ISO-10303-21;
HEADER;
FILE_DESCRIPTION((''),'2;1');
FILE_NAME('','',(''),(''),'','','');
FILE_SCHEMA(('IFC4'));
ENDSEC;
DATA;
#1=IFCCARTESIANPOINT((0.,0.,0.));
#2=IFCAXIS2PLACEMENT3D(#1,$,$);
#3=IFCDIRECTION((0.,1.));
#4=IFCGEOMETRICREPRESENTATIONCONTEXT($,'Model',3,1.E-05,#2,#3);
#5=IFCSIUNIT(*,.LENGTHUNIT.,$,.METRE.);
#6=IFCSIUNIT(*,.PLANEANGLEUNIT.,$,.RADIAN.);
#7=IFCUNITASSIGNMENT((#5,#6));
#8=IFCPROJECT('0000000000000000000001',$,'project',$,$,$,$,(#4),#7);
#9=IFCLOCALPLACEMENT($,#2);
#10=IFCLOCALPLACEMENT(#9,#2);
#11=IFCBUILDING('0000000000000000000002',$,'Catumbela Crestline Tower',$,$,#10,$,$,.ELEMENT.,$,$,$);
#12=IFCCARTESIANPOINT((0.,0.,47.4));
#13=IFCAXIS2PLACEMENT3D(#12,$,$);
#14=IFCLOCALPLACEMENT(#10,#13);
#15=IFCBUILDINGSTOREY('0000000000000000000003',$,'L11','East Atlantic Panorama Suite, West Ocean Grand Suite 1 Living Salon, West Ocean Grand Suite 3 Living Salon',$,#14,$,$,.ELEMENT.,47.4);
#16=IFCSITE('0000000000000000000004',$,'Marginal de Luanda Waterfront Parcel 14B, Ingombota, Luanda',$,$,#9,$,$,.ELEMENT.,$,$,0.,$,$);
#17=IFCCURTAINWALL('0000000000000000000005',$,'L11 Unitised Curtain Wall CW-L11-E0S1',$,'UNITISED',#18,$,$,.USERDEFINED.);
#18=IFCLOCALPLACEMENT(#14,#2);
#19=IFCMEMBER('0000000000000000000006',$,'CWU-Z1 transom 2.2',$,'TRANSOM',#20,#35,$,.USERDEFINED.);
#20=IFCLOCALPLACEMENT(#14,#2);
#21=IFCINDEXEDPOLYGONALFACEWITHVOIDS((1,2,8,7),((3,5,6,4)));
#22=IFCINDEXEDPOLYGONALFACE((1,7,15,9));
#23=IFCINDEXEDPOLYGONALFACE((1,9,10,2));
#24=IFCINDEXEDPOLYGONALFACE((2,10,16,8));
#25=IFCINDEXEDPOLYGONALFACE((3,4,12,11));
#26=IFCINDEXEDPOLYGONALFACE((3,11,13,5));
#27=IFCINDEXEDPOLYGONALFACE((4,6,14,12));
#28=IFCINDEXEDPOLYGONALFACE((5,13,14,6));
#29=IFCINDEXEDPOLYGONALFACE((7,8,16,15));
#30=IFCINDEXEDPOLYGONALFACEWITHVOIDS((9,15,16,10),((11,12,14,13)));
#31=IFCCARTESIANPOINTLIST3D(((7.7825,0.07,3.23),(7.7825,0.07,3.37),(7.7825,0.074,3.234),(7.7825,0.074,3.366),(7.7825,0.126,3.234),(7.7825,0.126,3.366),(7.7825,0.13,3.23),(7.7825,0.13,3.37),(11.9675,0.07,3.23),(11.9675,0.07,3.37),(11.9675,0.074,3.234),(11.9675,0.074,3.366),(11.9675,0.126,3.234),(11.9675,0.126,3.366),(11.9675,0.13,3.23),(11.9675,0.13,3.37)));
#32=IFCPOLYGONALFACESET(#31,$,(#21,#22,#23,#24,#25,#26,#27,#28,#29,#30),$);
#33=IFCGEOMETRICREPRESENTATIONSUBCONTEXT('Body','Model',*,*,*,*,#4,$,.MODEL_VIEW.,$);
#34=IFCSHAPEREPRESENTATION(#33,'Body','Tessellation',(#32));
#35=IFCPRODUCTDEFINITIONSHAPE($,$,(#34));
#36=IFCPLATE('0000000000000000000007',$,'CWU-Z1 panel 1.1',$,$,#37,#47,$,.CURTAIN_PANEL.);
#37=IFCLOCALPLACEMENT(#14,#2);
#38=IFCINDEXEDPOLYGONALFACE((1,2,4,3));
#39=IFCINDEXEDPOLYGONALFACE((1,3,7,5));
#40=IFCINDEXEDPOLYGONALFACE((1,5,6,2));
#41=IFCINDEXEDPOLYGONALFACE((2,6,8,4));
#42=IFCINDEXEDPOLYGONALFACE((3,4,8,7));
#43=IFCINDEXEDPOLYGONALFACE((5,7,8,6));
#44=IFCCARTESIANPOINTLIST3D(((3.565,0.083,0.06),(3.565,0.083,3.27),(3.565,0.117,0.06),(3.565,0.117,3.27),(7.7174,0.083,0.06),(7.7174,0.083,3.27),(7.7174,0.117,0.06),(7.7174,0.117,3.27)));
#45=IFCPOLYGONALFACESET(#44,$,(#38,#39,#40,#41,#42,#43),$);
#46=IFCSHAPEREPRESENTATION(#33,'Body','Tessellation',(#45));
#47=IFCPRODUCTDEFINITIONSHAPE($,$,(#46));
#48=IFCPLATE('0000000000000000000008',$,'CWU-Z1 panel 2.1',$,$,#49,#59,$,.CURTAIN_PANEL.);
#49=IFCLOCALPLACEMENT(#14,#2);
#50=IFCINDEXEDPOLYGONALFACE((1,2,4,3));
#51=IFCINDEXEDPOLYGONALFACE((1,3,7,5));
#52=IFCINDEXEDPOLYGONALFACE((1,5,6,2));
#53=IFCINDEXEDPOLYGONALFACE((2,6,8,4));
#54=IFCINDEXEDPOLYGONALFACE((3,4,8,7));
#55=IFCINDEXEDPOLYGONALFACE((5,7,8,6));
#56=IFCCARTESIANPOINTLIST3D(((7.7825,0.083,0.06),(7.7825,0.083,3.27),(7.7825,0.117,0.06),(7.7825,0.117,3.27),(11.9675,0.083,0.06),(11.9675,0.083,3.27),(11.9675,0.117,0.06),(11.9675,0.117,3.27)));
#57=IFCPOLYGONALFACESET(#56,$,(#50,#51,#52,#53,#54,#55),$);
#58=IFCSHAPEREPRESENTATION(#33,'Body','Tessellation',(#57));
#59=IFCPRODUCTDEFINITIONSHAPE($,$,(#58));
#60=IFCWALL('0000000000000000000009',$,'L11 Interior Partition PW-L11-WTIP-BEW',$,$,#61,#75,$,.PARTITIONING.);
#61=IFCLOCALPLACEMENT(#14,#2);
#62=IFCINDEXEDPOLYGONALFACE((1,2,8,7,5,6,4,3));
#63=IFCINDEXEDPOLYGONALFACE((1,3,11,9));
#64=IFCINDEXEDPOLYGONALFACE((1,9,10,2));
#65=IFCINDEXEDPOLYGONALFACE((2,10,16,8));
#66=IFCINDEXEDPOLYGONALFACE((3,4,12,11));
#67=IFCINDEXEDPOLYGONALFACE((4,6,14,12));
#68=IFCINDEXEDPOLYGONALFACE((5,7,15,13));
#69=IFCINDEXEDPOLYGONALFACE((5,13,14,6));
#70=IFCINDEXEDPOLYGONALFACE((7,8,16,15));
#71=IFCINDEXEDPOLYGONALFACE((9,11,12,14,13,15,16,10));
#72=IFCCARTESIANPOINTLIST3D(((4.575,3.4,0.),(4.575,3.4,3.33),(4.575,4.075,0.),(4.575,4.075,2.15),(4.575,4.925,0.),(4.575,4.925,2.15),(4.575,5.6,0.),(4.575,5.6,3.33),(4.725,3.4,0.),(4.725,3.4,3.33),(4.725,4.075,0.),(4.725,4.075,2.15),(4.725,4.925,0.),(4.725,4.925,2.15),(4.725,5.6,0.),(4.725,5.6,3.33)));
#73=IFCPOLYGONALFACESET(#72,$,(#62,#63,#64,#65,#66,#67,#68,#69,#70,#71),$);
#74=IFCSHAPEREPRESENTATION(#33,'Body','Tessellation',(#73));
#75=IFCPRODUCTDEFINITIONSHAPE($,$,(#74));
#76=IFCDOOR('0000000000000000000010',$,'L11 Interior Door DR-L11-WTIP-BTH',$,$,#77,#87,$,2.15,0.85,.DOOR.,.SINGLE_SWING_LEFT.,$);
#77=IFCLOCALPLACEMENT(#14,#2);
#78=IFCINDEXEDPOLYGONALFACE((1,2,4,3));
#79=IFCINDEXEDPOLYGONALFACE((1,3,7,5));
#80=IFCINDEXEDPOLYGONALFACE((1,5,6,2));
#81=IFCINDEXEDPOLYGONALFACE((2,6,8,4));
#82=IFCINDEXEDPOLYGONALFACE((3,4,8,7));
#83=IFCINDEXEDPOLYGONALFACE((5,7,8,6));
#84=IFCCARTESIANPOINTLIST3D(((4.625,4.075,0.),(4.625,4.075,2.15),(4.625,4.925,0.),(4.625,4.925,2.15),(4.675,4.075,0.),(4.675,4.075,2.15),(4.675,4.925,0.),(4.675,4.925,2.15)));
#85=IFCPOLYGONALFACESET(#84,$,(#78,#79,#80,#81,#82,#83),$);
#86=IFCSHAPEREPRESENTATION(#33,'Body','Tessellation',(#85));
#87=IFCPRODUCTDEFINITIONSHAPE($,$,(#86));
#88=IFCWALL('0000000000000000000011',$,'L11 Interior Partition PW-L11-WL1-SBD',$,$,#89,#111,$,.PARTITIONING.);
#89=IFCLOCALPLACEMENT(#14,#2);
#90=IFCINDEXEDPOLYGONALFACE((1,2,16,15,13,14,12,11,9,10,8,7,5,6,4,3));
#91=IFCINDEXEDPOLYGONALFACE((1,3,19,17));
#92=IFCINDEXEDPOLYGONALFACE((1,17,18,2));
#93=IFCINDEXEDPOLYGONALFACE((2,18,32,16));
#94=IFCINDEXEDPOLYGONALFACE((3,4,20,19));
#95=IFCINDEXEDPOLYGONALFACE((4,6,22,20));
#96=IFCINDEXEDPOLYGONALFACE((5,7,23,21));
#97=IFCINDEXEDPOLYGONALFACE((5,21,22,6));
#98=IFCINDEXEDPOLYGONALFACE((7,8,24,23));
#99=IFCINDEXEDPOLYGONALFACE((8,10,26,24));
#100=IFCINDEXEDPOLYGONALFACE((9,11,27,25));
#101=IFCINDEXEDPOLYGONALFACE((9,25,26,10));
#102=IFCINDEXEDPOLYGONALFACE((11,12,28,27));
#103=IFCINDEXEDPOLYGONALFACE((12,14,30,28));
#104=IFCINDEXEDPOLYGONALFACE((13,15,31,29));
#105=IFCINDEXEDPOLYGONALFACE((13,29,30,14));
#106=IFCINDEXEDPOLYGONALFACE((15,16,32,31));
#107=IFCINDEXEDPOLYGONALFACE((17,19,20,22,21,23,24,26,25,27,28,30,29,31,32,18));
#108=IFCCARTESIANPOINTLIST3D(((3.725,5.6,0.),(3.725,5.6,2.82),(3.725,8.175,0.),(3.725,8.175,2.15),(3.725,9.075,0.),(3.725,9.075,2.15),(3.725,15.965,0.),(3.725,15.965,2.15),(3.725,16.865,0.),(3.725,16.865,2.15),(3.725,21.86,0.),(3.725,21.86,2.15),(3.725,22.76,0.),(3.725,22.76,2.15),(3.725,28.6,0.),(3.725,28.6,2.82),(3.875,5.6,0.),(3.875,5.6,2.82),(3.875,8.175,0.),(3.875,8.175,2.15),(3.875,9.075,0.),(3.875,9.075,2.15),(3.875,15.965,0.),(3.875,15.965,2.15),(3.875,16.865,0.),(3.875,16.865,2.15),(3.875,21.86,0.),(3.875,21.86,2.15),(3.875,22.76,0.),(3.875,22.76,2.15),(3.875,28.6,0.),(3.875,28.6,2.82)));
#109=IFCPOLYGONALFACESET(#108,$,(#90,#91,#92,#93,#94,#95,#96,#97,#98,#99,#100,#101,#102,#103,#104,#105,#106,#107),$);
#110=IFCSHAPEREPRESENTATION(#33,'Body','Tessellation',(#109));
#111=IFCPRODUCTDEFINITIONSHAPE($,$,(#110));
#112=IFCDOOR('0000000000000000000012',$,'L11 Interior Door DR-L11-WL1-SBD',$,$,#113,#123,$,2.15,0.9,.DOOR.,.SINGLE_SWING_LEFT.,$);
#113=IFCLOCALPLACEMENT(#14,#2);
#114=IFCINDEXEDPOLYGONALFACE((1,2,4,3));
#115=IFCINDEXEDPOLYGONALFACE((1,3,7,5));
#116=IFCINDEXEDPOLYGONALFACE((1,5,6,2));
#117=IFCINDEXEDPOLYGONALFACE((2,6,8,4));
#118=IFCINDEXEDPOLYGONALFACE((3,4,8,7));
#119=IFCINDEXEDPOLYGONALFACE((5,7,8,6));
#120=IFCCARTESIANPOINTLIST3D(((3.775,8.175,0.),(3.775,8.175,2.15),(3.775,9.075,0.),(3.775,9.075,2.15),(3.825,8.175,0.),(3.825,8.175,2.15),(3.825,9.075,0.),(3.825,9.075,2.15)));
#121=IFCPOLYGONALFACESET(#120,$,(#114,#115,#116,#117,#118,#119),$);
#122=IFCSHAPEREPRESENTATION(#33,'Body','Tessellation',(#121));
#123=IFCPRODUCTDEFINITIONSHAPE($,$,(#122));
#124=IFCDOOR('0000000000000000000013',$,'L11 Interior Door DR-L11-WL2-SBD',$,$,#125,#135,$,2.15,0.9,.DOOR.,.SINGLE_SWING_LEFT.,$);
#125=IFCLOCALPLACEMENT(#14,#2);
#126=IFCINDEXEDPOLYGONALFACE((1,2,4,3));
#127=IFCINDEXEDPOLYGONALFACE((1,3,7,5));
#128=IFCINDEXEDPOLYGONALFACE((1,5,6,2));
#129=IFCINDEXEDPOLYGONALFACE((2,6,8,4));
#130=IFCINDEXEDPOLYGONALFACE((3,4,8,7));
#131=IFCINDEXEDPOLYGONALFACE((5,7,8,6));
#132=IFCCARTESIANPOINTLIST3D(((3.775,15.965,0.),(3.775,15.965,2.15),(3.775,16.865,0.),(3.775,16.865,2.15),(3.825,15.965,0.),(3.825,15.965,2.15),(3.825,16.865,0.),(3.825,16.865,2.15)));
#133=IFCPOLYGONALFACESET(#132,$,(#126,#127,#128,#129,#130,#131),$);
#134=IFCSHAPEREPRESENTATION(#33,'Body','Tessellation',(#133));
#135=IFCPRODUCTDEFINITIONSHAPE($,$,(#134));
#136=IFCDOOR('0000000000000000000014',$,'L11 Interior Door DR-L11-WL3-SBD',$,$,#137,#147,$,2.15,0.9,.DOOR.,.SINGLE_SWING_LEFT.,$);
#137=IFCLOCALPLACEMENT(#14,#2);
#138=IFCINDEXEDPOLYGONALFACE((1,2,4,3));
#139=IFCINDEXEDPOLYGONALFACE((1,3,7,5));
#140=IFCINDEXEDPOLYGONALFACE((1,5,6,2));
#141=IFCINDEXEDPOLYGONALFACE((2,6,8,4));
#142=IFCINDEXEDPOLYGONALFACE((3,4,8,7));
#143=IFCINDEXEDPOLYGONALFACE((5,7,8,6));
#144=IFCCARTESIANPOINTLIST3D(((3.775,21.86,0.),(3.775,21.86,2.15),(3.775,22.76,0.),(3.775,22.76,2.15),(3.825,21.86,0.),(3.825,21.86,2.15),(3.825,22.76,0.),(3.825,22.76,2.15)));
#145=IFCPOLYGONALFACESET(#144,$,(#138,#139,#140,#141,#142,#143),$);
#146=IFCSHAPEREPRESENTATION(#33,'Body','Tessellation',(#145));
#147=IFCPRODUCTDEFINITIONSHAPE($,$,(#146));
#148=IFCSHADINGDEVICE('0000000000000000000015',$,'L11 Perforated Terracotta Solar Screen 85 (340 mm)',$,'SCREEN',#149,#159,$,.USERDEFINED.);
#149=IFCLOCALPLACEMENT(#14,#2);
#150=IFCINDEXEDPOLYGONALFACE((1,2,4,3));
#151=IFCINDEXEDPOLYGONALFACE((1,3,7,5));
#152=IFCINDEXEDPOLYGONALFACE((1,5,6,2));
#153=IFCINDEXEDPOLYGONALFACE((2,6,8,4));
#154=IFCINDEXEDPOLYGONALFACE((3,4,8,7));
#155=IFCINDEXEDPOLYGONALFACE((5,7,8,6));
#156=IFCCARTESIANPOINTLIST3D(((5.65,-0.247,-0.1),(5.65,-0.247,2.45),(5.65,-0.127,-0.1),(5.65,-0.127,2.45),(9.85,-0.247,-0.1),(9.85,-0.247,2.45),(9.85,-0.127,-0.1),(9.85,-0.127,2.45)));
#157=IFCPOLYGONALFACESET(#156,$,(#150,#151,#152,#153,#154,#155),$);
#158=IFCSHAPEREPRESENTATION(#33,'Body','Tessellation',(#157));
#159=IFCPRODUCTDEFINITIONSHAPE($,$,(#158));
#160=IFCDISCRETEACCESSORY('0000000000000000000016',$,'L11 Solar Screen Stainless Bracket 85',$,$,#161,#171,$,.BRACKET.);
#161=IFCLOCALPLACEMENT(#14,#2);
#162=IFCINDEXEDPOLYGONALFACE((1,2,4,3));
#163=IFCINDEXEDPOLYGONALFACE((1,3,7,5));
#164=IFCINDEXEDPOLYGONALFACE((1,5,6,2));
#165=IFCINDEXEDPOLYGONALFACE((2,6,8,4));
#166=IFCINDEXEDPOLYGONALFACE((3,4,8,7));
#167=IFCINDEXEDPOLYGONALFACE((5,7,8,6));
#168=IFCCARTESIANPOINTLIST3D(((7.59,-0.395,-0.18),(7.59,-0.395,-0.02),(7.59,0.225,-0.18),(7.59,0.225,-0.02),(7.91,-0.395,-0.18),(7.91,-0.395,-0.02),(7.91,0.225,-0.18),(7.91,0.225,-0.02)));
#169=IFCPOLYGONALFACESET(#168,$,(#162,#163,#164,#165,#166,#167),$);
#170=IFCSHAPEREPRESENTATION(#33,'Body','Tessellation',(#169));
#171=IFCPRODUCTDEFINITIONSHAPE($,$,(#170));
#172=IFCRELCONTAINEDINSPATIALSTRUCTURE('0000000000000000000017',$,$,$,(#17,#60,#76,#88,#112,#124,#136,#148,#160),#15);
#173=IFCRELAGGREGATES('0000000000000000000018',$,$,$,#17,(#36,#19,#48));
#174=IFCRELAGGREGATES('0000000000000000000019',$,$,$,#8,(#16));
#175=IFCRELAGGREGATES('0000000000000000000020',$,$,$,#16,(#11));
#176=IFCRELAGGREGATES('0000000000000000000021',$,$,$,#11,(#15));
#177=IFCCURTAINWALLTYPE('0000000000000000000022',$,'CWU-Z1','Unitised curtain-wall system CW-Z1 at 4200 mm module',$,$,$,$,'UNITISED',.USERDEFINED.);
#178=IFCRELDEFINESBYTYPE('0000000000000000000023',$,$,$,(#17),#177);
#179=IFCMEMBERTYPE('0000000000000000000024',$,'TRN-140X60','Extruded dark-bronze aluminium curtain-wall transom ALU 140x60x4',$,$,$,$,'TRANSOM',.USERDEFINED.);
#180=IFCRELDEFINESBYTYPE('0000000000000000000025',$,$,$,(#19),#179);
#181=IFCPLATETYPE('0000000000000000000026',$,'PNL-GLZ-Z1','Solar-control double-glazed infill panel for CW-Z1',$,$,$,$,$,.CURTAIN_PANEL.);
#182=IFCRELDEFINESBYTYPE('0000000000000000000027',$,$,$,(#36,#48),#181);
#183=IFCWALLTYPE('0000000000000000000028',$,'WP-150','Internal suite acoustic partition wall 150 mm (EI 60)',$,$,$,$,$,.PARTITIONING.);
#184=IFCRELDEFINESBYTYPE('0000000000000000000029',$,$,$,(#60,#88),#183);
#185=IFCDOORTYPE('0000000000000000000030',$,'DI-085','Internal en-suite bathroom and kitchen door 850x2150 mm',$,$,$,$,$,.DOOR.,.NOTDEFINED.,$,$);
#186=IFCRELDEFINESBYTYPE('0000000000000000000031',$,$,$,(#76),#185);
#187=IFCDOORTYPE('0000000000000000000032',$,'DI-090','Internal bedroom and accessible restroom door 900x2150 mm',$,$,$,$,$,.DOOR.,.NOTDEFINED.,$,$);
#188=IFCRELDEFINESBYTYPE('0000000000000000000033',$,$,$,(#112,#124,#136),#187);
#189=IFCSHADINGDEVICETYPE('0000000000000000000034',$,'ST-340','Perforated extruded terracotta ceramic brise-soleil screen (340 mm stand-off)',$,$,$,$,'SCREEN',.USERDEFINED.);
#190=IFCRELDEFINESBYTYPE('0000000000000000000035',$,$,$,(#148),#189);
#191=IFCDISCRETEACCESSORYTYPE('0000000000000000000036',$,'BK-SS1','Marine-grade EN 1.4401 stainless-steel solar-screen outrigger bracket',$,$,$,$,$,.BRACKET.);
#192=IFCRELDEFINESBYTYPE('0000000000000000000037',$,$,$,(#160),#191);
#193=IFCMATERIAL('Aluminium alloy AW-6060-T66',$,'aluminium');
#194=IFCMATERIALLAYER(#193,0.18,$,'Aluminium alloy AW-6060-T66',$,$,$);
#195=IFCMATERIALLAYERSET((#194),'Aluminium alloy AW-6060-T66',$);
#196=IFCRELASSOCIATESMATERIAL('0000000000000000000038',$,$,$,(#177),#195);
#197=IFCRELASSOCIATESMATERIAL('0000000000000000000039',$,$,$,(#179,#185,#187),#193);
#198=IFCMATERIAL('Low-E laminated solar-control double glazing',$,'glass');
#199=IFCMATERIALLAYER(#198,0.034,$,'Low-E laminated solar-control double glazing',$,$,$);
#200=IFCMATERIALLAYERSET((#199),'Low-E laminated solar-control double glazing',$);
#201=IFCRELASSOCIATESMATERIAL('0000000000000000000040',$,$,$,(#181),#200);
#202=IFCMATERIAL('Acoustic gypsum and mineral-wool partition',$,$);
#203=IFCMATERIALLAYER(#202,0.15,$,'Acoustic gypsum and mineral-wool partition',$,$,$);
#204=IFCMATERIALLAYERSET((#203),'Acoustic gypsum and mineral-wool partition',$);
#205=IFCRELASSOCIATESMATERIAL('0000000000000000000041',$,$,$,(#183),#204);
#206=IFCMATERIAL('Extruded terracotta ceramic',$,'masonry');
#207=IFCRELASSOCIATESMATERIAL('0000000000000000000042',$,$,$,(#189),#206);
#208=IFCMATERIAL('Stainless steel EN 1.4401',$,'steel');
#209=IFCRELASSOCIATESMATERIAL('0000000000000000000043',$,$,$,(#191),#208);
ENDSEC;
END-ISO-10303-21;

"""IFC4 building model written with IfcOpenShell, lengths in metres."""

from ifc_helpers import new_model, si_unit, direction, frame, frame_2d, origin, origin_2d, place, context, subcontext, project, spatial, rectangle, hollow_rectangle, extrude, material, layer, layer_set, material_profile, profile_set, type_object, element, fill, aggregate, save


model = new_model("IFC4")

# Units and contexts
model_context = context("Model", 3, precision=1e-05, world=origin(), true_north=direction((0.0, 1.0)))
body_context = subcontext(model_context, "Body", "Model", "MODEL_VIEW")
ifc_project = project(units=[si_unit("LENGTHUNIT", "METRE"), si_unit("PLANEANGLEUNIT", "RADIAN")], contexts=[model_context])

# Site, building, storey
site_placement = place(None, origin())
site = spatial("IfcSite", under=ifc_project, at=site_placement, Name="Marginal de Luanda Waterfront Parcel 14B, Ingombota, Luanda", CompositionType="ELEMENT", RefElevation=0.0)
building_placement = place(site_placement, origin())
building = spatial("IfcBuilding", under=site, at=building_placement, Name="Catumbela Crestline Tower", CompositionType="ELEMENT")
storey_placement = place(building_placement, frame((0.0, 0.0, 47.4)))
storey = spatial("IfcBuildingStorey", under=building, at=storey_placement, Name="L11", Description="East Atlantic Panorama Suite, West Ocean Grand Suite 1 Living Salon, West Ocean Grand Suite 3 Living Salon", CompositionType="ELEMENT", Elevation=47.4)

# Curtain wall, member, plates
ifc_material_1 = material(Name="Aluminium alloy AW-6060-T66", Category="aluminium")
ifc_layer_1 = layer(ifc_material_1, 0.18, Name="Aluminium alloy AW-6060-T66")
ifc_layer_set_1 = layer_set([ifc_layer_1], Name="Aluminium alloy AW-6060-T66")
curtain_wall_type = type_object("IfcCurtainWallType", Name="CWU-Z1", Description="Unitised curtain-wall system CW-Z1 at 4200 mm module", ElementType="UNITISED", PredefinedType="USERDEFINED", material=ifc_layer_set_1)
curtain_wall_placement = place(storey_placement, origin())
curtain_wall = element("IfcCurtainWall", 1, at=curtain_wall_placement, inside=storey, type_object=curtain_wall_type, Name="L11 Unitised Curtain Wall CW-L11-E0S1", ObjectType="UNITISED", PredefinedType="USERDEFINED")
ifc_material_profile_1 = material_profile(ifc_material_1, hollow_rectangle(XDim=0.06, YDim=0.14, WallThickness=0.004, at=origin_2d()), Name="ALU 140x60x4")
ifc_profile_set_1 = profile_set([ifc_material_profile_1], Name="Aluminium alloy AW-6060-T66")
member_type_1 = type_object("IfcMemberType", Name="TRN-140X60", Description="Extruded dark-bronze aluminium curtain-wall transom ALU 140x60x4", ElementType="TRANSOM", PredefinedType="USERDEFINED", material=ifc_profile_set_1)
member_1_placement = place(storey_placement, frame((7.7825, 0.1, 3.3), z_axis=(1.0, 0.0, 0.0), x_axis=(0.0, 1.0, 0.0)))
member_1 = element("IfcMember", 2, at=member_1_placement, type_object=member_type_1, Name="CWU-Z1 transom 2.2", ObjectType="TRANSOM", PredefinedType="USERDEFINED", context=body_context, shape_type="SweptSolid", body=[
    extrude(hollow_rectangle(XDim=0.06, YDim=0.14, WallThickness=0.004, at=origin_2d()), origin(), (0.0, 0.0, 1.0), 4.185),
])
ifc_material_2 = material(Name="Low-E laminated solar-control double glazing", Category="glass")
ifc_layer_2 = layer(ifc_material_2, 0.034, Name="Low-E laminated solar-control double glazing")
ifc_layer_set_2 = layer_set([ifc_layer_2], Name="Low-E laminated solar-control double glazing")
plate_type = type_object("IfcPlateType", Name="PNL-GLZ-Z1", Description="Solar-control double-glazed infill panel for CW-Z1", PredefinedType="CURTAIN_PANEL", material=ifc_layer_set_2)
plate_1_placement = place(storey_placement, frame((5.6412, 0.1, 0.06), z_axis=(0.0, 0.0, 1.0), x_axis=(1.0, 0.0, 0.0)))
plate_1 = element("IfcPlate", 3, at=plate_1_placement, type_object=plate_type, Name="CWU-Z1 panel 1.1", PredefinedType="CURTAIN_PANEL", context=body_context, shape_type="SweptSolid", body=[
    extrude(rectangle(XDim=4.1525, YDim=0.034, at=origin_2d()), origin(), (0.0, 0.0, 1.0), 3.21),
])
plate_2_placement = place(storey_placement, frame((9.875, 0.1, 0.06), z_axis=(0.0, 0.0, 1.0), x_axis=(1.0, 0.0, 0.0)))
plate_2 = element("IfcPlate", 4, at=plate_2_placement, type_object=plate_type, Name="CWU-Z1 panel 2.1", PredefinedType="CURTAIN_PANEL", context=body_context, shape_type="SweptSolid", body=[
    extrude(rectangle(XDim=4.185, YDim=0.034, at=origin_2d()), origin(), (0.0, 0.0, 1.0), 3.21),
])
aggregate(curtain_wall, [plate_1, member_1, plate_2])

# Wall, opening, door
ifc_material_3 = material(Name="Acoustic gypsum and mineral-wool partition")
ifc_layer_3 = layer(ifc_material_3, 0.15, Name="Acoustic gypsum and mineral-wool partition")
ifc_layer_set_3 = layer_set([ifc_layer_3], Name="Acoustic gypsum and mineral-wool partition")
wall_type = type_object("IfcWallType", Name="WP-150", Description="Internal suite acoustic partition wall 150 mm (EI 60)", PredefinedType="PARTITIONING", material=ifc_layer_set_3)
wall_1_placement = place(storey_placement, frame((4.65, 3.4, 0.0), z_axis=(0.0, 0.0, 1.0), x_axis=(0.0, 1.0, 0.0)))
wall_1 = element("IfcWall", 5, at=wall_1_placement, inside=storey, type_object=wall_type, Name="L11 Interior Partition PW-L11-WTIP-BEW", PredefinedType="PARTITIONING", context=body_context, shape_type="SweptSolid", body=[
    extrude(rectangle(XDim=2.2, YDim=0.15, at=frame_2d((1.1, 0.0))), origin(), (0.0, 0.0, 1.0), 3.33),
])
opening_1_placement = place(wall_1_placement, frame((0.675, 0.0, 0.0)))
opening_1 = element("IfcOpeningElement", 6, at=opening_1_placement, cuts=wall_1, PredefinedType="OPENING", context=body_context, shape_type="SweptSolid", body=[
    extrude(rectangle(XDim=0.85, YDim=2.15, at=frame_2d((0.425, 1.075))), frame((0.0, 0.085, 0.0), z_axis=(0.0, -1.0, 0.0), x_axis=(1.0, 0.0, 0.0)), (0.0, 0.0, 1.0), 0.17),
])
door_type_1 = type_object("IfcDoorType", Name="DI-085", Description="Internal en-suite bathroom and kitchen door 850x2150 mm", OperationType="NOTDEFINED", PredefinedType="DOOR", material=ifc_material_1)
door_1_placement = place(opening_1_placement, origin())
door_1 = element("IfcDoor", 7, at=door_1_placement, inside=storey, type_object=door_type_1, Name="L11 Interior Door DR-L11-WTIP-BTH", OperationType="SINGLE_SWING_LEFT", OverallHeight=2.15, OverallWidth=0.85, PredefinedType="DOOR", context=body_context, shape_type="SweptSolid", body=[
    extrude(rectangle(XDim=0.85, YDim=2.15, at=frame_2d((0.425, 1.075))), frame((0.0, 0.025, 0.0), z_axis=(0.0, -1.0, 0.0), x_axis=(1.0, 0.0, 0.0)), (0.0, 0.0, 1.0), 0.05),
])
fill(opening_1, door_1)

# Wall, openings, doors
wall_2_placement = place(storey_placement, frame((3.8, 5.6, 0.0), z_axis=(0.0, 0.0, 1.0), x_axis=(0.0, 1.0, 0.0)))
wall_2 = element("IfcWall", 8, at=wall_2_placement, inside=storey, type_object=wall_type, Name="L11 Interior Partition PW-L11-WL1-SBD", PredefinedType="PARTITIONING", context=body_context, shape_type="SweptSolid", body=[
    extrude(rectangle(XDim=23.0, YDim=0.15, at=frame_2d((11.5, 0.0))), origin(), (0.0, 0.0, 1.0), 2.82),
])
opening_2_placement = place(wall_2_placement, frame((2.575, 0.0, 0.0)))
opening_2 = element("IfcOpeningElement", 9, at=opening_2_placement, cuts=wall_2, PredefinedType="OPENING", context=body_context, shape_type="SweptSolid", body=[
    extrude(rectangle(XDim=0.9, YDim=2.15, at=frame_2d((0.45, 1.075))), frame((0.0, 0.085, 0.0), z_axis=(0.0, -1.0, 0.0), x_axis=(1.0, 0.0, 0.0)), (0.0, 0.0, 1.0), 0.17),
])
opening_3_placement = place(wall_2_placement, frame((10.365, 0.0, 0.0)))
opening_3 = element("IfcOpeningElement", 10, at=opening_3_placement, cuts=wall_2, PredefinedType="OPENING", context=body_context, shape_type="SweptSolid", body=[
    extrude(rectangle(XDim=0.9, YDim=2.15, at=frame_2d((0.45, 1.075))), frame((0.0, 0.085, 0.0), z_axis=(0.0, -1.0, 0.0), x_axis=(1.0, 0.0, 0.0)), (0.0, 0.0, 1.0), 0.17),
])
opening_4_placement = place(wall_2_placement, frame((16.26, 0.0, 0.0)))
opening_4 = element("IfcOpeningElement", 11, at=opening_4_placement, cuts=wall_2, PredefinedType="OPENING", context=body_context, shape_type="SweptSolid", body=[
    extrude(rectangle(XDim=0.9, YDim=2.15, at=frame_2d((0.45, 1.075))), frame((0.0, 0.085, 0.0), z_axis=(0.0, -1.0, 0.0), x_axis=(1.0, 0.0, 0.0)), (0.0, 0.0, 1.0), 0.17),
])
door_type_2 = type_object("IfcDoorType", Name="DI-090", Description="Internal bedroom and accessible restroom door 900x2150 mm", OperationType="NOTDEFINED", PredefinedType="DOOR", material=ifc_material_1)
door_2_placement = place(opening_2_placement, origin())
door_2 = element("IfcDoor", 12, at=door_2_placement, inside=storey, type_object=door_type_2, Name="L11 Interior Door DR-L11-WL1-SBD", OperationType="SINGLE_SWING_LEFT", OverallHeight=2.15, OverallWidth=0.9, PredefinedType="DOOR", context=body_context, shape_type="SweptSolid", body=[
    extrude(rectangle(XDim=0.9, YDim=2.15, at=frame_2d((0.45, 1.075))), frame((0.0, 0.025, 0.0), z_axis=(0.0, -1.0, 0.0), x_axis=(1.0, 0.0, 0.0)), (0.0, 0.0, 1.0), 0.05),
])
fill(opening_2, door_2)
door_3_placement = place(opening_3_placement, origin())
door_3 = element("IfcDoor", 13, at=door_3_placement, inside=storey, type_object=door_type_2, Name="L11 Interior Door DR-L11-WL2-SBD", OperationType="SINGLE_SWING_LEFT", OverallHeight=2.15, OverallWidth=0.9, PredefinedType="DOOR", context=body_context, shape_type="SweptSolid", body=[
    extrude(rectangle(XDim=0.9, YDim=2.15, at=frame_2d((0.45, 1.075))), frame((0.0, 0.025, 0.0), z_axis=(0.0, -1.0, 0.0), x_axis=(1.0, 0.0, 0.0)), (0.0, 0.0, 1.0), 0.05),
])
fill(opening_3, door_3)
door_4_placement = place(opening_4_placement, origin())
door_4 = element("IfcDoor", 14, at=door_4_placement, inside=storey, type_object=door_type_2, Name="L11 Interior Door DR-L11-WL3-SBD", OperationType="SINGLE_SWING_LEFT", OverallHeight=2.15, OverallWidth=0.9, PredefinedType="DOOR", context=body_context, shape_type="SweptSolid", body=[
    extrude(rectangle(XDim=0.9, YDim=2.15, at=frame_2d((0.45, 1.075))), frame((0.0, 0.025, 0.0), z_axis=(0.0, -1.0, 0.0), x_axis=(1.0, 0.0, 0.0)), (0.0, 0.0, 1.0), 0.05),
])
fill(opening_4, door_4)

# Shading device
ifc_material_4 = material(Name="Extruded terracotta ceramic", Category="masonry")
shading_device_type = type_object("IfcShadingDeviceType", Name="ST-340", Description="Perforated extruded terracotta ceramic brise-soleil screen (340 mm stand-off)", ElementType="SCREEN", PredefinedType="USERDEFINED", material=ifc_material_4)
shading_device_placement = place(storey_placement, frame((7.75, -0.187, -0.1), z_axis=(0.0, 0.0, 1.0), x_axis=(1.0, 0.0, 0.0)))
element("IfcShadingDevice", 15, at=shading_device_placement, inside=storey, type_object=shading_device_type, Name="L11 Perforated Terracotta Solar Screen 85 (340 mm)", ObjectType="SCREEN", PredefinedType="USERDEFINED", context=body_context, shape_type="SweptSolid", body=[
    extrude(rectangle(XDim=4.2, YDim=0.12, at=origin_2d()), origin(), (0.0, 0.0, 1.0), 2.55),
])

# Discrete accessory
ifc_material_5 = material(Name="Stainless steel EN 1.4401", Category="steel")
discrete_accessory_type = type_object("IfcDiscreteAccessoryType", Name="BK-SS1", Description="Marine-grade EN 1.4401 stainless-steel solar-screen outrigger bracket", PredefinedType="BRACKET", material=ifc_material_5)
discrete_accessory_placement = place(storey_placement, frame((7.75, -0.085, -0.18), z_axis=(0.0, 0.0, 1.0), x_axis=(1.0, 0.0, 0.0)))
element("IfcDiscreteAccessory", 16, at=discrete_accessory_placement, inside=storey, type_object=discrete_accessory_type, Name="L11 Solar Screen Stainless Bracket 85", PredefinedType="BRACKET", context=body_context, shape_type="SweptSolid", body=[
    extrude(rectangle(XDim=0.32, YDim=0.62, at=origin_2d()), origin(), (0.0, 0.0, 1.0), 0.16),
])

save(model, "model.ifc")
